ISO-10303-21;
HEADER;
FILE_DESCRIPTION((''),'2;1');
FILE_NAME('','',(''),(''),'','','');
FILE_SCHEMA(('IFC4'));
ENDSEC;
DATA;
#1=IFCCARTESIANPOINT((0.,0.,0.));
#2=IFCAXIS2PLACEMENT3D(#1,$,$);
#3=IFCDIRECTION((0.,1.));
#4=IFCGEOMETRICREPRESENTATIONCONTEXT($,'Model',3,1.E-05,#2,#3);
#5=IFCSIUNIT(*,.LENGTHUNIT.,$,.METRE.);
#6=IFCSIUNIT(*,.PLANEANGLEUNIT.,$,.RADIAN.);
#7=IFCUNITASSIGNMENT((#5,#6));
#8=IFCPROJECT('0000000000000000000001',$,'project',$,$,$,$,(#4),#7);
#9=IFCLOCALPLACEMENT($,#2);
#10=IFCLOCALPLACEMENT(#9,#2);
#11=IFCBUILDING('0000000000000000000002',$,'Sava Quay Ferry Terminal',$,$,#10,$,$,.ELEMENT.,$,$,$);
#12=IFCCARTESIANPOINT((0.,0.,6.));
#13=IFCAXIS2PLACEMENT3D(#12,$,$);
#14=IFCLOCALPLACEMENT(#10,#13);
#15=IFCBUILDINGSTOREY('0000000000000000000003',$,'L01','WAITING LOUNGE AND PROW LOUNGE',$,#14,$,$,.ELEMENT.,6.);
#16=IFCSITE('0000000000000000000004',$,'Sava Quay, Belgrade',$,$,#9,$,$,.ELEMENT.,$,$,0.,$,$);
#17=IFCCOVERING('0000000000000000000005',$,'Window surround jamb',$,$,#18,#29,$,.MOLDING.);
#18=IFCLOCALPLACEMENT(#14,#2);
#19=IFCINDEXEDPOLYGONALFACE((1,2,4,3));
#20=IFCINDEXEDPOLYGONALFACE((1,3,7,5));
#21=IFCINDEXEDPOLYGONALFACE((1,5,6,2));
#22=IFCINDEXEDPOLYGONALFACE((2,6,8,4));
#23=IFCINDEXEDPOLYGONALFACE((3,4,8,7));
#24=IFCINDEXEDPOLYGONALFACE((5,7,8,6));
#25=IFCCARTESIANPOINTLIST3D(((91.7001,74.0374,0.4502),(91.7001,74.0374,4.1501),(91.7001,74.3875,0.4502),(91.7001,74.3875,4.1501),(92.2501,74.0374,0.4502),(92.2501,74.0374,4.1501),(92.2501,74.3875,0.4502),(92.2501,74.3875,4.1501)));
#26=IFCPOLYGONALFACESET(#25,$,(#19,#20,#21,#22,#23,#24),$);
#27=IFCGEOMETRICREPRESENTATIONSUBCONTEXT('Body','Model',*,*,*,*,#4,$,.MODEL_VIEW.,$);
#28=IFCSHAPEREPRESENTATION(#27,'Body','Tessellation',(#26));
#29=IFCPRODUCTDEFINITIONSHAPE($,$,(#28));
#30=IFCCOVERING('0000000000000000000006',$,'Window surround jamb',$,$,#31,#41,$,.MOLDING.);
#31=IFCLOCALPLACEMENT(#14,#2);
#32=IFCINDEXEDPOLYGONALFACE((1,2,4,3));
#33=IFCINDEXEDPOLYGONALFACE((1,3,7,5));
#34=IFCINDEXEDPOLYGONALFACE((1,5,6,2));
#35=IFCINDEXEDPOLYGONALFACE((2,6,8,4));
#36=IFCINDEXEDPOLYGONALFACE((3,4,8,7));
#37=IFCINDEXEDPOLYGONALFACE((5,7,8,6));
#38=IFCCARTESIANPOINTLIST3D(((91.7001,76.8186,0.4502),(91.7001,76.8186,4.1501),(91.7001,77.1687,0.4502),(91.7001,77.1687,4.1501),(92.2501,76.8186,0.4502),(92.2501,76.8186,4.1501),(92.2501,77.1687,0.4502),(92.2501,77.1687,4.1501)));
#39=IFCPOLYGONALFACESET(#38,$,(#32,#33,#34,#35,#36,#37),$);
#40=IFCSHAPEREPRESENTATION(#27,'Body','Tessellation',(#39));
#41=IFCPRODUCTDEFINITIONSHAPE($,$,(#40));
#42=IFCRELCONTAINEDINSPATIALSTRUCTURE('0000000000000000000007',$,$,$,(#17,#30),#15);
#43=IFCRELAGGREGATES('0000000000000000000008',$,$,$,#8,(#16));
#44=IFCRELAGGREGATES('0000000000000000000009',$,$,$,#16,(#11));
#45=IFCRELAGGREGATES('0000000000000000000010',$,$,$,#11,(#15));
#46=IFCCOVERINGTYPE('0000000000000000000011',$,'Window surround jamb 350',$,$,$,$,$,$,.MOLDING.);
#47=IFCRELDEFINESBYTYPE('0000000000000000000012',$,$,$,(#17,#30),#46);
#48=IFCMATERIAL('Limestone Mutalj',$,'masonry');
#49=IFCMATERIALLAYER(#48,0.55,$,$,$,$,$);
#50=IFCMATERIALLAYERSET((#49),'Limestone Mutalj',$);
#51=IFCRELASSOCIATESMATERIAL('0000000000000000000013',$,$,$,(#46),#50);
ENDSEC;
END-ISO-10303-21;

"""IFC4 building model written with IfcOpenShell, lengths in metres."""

from ifc_helpers import new_model, si_unit, direction, frame, origin, origin_2d, place, context, subcontext, project, spatial, rectangle, extrude, material, layer, layer_set, type_object, element, save


model = new_model("IFC4")

# Units and contexts
model_context = context("Model", 3, precision=1e-05, world=origin(), true_north=direction((0.0, 1.0)))
body_context = subcontext(model_context, "Body", "Model", "MODEL_VIEW")
ifc_project = project(units=[si_unit("LENGTHUNIT", "METRE"), si_unit("PLANEANGLEUNIT", "RADIAN")], contexts=[model_context])

# Site, building, storey
site_placement = place(None, origin())
site = spatial("IfcSite", under=ifc_project, at=site_placement, Name="Sava Quay, Belgrade", CompositionType="ELEMENT", RefElevation=0.0)
building_placement = place(site_placement, origin())
building = spatial("IfcBuilding", under=site, at=building_placement, Name="Sava Quay Ferry Terminal", CompositionType="ELEMENT")
storey_placement = place(building_placement, frame((0.0, 0.0, 6.0)))
storey = spatial("IfcBuildingStorey", under=building, at=storey_placement, Name="L01", Description="WAITING LOUNGE AND PROW LOUNGE", CompositionType="ELEMENT", Elevation=6.0)

# Coverings
ifc_material_1 = material(Name="Limestone Mutalj", Category="masonry")
ifc_layer_1 = layer(ifc_material_1, 0.55)
ifc_layer_set_1 = layer_set([ifc_layer_1], Name="Limestone Mutalj")
covering_type_1 = type_object("IfcCoveringType", Name="Window surround jamb 350", PredefinedType="MOLDING", material=ifc_layer_set_1)
for number, where, z_axis, x_axis, name in (
    (1, (91.9751, 74.2124, 0.4502), (0.0, 0.0, 1.0), (1.0, 0.0, 0.0), "Window surround jamb"),
    (2, (91.9751, 76.9937, 0.4502), (0.0, 0.0, 1.0), (1.0, 0.0, 0.0), "Window surround jamb"),
):
    element("IfcCovering", number, at=place(storey_placement, frame(where, z_axis=z_axis, x_axis=x_axis)), inside=storey, type_object=covering_type_1, Name=name, PredefinedType="MOLDING", context=body_context, shape_type="SweptSolid", body=[
        extrude(rectangle(XDim=0.55, YDim=0.3501, at=origin_2d()), origin(), (0.0, 0.0, 1.0), 3.7),
    ])

save(model, "model.ifc")
